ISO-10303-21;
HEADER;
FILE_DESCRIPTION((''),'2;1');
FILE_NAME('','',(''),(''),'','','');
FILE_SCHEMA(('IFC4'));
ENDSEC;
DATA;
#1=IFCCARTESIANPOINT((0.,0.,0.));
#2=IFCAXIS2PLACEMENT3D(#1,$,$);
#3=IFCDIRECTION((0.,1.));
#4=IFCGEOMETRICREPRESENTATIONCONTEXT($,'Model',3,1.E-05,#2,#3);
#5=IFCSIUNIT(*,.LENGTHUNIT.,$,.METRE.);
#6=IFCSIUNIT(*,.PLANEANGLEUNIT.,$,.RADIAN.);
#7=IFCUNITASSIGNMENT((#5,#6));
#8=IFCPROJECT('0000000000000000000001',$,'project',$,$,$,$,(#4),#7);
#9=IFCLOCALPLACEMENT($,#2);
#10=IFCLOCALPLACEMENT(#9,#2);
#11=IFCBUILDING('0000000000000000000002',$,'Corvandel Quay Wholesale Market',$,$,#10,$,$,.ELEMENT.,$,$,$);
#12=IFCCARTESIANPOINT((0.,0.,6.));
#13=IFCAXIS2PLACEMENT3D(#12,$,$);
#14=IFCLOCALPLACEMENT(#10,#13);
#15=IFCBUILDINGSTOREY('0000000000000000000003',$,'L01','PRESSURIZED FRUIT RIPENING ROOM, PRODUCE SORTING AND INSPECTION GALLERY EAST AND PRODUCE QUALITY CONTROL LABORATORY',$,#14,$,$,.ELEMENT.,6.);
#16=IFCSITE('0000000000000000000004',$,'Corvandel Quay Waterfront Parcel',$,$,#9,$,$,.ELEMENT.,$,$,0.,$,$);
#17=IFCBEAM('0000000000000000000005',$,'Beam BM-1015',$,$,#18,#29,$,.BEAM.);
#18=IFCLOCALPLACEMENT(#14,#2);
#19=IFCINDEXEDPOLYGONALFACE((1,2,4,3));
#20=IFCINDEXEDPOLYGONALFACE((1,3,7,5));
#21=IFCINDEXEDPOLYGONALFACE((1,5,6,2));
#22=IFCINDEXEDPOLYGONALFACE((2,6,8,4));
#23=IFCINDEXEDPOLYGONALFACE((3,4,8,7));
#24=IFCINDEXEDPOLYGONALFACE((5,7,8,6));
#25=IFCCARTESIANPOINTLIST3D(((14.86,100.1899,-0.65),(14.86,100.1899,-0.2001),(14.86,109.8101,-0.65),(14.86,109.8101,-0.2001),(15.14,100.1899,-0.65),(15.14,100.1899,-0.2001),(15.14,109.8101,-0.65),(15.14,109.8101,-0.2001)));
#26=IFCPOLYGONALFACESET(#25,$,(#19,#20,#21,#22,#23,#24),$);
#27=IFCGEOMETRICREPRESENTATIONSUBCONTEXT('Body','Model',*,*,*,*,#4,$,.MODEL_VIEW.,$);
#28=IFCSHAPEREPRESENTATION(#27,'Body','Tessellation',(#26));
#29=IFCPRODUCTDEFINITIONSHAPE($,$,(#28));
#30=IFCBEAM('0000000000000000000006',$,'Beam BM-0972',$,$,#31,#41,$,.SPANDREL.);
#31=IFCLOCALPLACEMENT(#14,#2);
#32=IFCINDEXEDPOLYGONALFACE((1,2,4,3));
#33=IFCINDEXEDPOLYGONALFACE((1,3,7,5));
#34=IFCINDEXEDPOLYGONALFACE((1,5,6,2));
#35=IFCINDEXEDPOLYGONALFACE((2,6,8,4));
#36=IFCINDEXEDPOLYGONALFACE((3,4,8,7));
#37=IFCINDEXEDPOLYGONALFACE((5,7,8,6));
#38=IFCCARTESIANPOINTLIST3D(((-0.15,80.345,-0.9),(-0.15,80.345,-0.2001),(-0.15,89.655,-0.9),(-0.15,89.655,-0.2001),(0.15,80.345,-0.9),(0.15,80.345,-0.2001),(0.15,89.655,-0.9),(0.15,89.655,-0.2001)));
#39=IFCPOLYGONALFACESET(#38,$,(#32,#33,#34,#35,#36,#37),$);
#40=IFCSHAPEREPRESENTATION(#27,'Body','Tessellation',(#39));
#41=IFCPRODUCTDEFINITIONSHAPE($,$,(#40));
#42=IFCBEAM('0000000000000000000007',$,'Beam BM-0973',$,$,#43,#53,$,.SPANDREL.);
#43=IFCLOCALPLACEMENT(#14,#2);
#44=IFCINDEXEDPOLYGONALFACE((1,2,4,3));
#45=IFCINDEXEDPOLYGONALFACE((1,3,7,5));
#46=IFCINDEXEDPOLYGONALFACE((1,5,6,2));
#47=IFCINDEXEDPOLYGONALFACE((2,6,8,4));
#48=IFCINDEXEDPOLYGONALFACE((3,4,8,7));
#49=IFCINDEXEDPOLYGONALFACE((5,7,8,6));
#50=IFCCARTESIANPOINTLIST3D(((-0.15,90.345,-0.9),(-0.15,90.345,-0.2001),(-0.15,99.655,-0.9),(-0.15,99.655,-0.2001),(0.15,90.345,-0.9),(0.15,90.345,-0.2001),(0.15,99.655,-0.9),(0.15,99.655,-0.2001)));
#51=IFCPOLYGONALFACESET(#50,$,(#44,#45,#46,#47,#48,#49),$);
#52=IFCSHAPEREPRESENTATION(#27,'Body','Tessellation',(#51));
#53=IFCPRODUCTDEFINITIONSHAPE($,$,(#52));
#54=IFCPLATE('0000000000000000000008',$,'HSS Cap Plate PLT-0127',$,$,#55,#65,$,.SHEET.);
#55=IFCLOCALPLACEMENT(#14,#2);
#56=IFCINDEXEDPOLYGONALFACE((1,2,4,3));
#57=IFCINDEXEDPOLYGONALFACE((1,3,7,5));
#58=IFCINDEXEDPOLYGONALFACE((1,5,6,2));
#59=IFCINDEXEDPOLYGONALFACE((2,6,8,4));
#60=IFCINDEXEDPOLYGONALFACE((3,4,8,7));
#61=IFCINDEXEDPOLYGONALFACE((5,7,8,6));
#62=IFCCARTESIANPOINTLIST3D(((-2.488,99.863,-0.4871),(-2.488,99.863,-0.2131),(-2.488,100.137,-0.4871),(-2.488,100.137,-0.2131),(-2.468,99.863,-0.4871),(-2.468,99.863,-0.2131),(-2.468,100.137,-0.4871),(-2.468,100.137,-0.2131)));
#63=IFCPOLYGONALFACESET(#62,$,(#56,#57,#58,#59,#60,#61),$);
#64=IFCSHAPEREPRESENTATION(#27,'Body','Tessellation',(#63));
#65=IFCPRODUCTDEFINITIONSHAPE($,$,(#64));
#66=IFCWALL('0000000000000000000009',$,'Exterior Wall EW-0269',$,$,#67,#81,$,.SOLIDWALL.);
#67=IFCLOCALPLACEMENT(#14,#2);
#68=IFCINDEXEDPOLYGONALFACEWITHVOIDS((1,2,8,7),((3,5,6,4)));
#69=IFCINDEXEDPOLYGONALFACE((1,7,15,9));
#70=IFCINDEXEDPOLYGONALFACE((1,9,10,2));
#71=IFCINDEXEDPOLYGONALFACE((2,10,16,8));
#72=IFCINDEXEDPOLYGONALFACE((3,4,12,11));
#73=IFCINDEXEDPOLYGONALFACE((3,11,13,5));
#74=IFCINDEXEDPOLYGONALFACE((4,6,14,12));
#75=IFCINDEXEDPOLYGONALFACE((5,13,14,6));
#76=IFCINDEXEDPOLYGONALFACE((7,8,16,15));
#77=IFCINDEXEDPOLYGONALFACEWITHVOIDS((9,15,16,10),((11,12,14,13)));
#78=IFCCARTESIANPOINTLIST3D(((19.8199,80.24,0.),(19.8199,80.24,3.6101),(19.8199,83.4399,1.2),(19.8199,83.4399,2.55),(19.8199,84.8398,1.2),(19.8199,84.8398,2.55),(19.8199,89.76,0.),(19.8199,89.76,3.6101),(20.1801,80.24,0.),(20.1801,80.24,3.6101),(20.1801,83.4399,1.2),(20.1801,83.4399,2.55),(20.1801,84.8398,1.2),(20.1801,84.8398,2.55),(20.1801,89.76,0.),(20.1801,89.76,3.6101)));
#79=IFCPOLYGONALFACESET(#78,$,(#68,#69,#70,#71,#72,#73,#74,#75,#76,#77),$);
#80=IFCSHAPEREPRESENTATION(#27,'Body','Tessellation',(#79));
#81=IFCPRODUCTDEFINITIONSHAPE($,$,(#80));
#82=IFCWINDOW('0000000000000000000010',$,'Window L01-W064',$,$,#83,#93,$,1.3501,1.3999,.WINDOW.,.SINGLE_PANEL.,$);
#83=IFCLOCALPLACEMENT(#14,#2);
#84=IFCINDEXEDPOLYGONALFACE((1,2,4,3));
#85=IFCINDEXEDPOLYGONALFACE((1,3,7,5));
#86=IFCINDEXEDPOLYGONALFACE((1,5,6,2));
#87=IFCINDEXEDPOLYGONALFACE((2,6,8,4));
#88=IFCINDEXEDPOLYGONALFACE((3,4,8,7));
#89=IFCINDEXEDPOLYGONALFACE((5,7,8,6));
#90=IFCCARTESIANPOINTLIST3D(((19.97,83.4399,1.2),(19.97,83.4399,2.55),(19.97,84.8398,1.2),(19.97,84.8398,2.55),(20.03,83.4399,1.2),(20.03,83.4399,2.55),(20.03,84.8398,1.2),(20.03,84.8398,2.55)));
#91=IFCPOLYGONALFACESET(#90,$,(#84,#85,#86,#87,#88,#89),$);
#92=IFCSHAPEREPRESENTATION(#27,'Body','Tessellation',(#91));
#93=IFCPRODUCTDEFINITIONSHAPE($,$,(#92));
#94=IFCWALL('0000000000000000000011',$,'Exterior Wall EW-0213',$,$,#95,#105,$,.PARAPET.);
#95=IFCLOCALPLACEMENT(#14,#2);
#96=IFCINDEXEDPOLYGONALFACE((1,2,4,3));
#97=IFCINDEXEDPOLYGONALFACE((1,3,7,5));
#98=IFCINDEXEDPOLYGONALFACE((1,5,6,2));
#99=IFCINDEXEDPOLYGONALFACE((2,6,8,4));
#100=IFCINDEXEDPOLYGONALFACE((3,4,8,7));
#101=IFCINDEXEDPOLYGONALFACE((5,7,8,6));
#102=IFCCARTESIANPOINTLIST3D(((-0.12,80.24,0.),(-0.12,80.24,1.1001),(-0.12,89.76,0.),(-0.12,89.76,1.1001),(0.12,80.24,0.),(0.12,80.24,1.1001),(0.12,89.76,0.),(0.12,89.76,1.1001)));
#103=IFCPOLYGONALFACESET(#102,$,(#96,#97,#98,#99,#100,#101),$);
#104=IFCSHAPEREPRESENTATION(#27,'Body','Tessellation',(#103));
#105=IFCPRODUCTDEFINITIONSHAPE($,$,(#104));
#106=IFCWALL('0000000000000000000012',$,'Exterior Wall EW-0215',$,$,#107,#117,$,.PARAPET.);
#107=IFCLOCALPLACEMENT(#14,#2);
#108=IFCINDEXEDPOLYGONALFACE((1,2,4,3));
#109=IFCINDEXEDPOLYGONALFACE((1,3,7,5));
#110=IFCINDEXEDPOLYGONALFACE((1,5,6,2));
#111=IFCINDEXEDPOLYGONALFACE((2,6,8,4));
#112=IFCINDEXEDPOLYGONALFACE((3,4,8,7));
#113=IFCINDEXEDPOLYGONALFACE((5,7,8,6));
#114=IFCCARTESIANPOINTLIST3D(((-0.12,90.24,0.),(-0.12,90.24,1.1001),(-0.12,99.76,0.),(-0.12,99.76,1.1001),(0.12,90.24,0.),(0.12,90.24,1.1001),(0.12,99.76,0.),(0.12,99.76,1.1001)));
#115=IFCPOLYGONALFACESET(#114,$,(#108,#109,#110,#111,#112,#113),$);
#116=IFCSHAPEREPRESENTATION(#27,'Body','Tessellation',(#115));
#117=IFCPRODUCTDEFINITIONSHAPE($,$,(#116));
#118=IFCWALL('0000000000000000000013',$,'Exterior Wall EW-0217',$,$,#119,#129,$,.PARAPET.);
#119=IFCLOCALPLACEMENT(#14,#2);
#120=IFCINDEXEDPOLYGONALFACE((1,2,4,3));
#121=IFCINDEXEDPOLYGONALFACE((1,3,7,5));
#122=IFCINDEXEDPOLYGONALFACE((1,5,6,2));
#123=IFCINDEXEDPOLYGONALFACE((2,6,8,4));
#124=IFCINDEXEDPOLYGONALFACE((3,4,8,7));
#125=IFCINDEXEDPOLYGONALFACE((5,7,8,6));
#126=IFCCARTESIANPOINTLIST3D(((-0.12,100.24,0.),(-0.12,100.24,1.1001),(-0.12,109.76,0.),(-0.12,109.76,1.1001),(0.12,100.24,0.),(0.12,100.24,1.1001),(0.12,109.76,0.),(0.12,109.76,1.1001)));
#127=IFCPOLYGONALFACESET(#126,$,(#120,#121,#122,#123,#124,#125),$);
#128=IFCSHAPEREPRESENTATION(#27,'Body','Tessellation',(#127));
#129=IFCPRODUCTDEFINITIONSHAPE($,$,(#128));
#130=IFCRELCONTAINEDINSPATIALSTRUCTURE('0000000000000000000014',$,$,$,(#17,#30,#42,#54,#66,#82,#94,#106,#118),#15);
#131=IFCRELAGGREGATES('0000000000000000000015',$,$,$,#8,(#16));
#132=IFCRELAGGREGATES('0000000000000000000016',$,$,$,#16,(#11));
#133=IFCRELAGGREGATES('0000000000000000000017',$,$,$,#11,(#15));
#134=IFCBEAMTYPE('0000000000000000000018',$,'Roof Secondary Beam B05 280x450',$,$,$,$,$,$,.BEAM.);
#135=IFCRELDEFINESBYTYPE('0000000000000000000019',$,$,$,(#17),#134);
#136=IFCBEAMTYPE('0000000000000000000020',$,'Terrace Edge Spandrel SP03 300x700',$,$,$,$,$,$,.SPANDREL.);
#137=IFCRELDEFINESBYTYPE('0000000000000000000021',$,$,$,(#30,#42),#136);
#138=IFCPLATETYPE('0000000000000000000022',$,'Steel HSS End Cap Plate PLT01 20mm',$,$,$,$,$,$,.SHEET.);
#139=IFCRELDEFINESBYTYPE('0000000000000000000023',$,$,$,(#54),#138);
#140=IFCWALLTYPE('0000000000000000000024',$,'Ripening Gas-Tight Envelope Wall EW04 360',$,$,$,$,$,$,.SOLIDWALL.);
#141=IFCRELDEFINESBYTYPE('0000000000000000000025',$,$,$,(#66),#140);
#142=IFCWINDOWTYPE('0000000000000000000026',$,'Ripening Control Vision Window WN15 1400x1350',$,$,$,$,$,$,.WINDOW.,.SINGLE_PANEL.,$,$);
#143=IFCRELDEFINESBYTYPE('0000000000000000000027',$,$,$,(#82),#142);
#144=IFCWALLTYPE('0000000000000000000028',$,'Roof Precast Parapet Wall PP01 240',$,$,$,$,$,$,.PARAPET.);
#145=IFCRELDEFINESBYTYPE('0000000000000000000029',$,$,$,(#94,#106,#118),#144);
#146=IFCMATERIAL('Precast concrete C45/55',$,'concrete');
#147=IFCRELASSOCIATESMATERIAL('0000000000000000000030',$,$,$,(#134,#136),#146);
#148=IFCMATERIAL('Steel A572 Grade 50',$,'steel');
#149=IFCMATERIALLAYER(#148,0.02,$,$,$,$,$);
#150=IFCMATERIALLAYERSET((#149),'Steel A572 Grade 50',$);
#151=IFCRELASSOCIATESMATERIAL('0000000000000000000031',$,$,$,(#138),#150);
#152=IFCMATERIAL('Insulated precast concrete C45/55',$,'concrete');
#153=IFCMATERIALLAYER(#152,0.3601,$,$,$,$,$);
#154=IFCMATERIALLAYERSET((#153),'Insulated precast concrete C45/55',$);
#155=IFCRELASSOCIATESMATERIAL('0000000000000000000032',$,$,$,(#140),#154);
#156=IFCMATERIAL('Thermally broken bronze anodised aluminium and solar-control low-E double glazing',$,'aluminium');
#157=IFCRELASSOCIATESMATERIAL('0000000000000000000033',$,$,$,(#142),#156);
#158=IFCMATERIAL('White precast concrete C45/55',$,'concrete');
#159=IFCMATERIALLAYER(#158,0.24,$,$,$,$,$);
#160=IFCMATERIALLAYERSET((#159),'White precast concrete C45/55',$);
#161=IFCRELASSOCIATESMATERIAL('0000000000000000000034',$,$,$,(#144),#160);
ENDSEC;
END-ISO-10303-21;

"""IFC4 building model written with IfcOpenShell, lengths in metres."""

from ifc_helpers import new_model, si_unit, direction, frame, frame_2d, origin, origin_2d, place, context, subcontext, project, spatial, rectangle, extrude, material, layer, layer_set, material_profile, profile_set, type_object, element, fill, save


model = new_model("IFC4")

# Units and contexts
model_context = context("Model", 3, precision=1e-05, world=origin(), true_north=direction((0.0, 1.0)))
body_context = subcontext(model_context, "Body", "Model", "MODEL_VIEW")
ifc_project = project(units=[si_unit("LENGTHUNIT", "METRE"), si_unit("PLANEANGLEUNIT", "RADIAN")], contexts=[model_context])

# Site, building, storey
site_placement = place(None, origin())
site = spatial("IfcSite", under=ifc_project, at=site_placement, Name="Corvandel Quay Waterfront Parcel", CompositionType="ELEMENT", RefElevation=0.0)
building_placement = place(site_placement, origin())
building = spatial("IfcBuilding", under=site, at=building_placement, Name="Corvandel Quay Wholesale Market", CompositionType="ELEMENT")
storey_placement = place(building_placement, frame((0.0, 0.0, 6.0)))
storey = spatial("IfcBuildingStorey", under=building, at=storey_placement, Name="L01", Description="PRESSURIZED FRUIT RIPENING ROOM, PRODUCE SORTING AND INSPECTION GALLERY EAST AND PRODUCE QUALITY CONTROL LABORATORY", CompositionType="ELEMENT", Elevation=6.0)

# Beams
ifc_material_1 = material(Name="Precast concrete C45/55", Category="concrete")
ifc_material_profile_1 = material_profile(ifc_material_1, rectangle(XDim=0.28, YDim=0.45, at=origin_2d()), Name="PC-BM-280x450")
ifc_profile_set_1 = profile_set([ifc_material_profile_1], Name="Precast concrete C45/55")
beam_type_1 = type_object("IfcBeamType", Name="Roof Secondary Beam B05 280x450", PredefinedType="BEAM", material=ifc_profile_set_1)
for number, where, z_axis, x_axis, name in (
    (1, (15.0, 100.1899, -0.425), (0.0, 1.0, 0.0), (-1.0, 0.0, 0.0), "Beam BM-1015"),
):
    element("IfcBeam", number, at=place(storey_placement, frame(where, z_axis=z_axis, x_axis=x_axis)), inside=storey, type_object=beam_type_1, Name=name, PredefinedType="BEAM", context=body_context, shape_type="SweptSolid", body=[
        extrude(rectangle(XDim=0.28, YDim=0.45, at=origin_2d()), origin(), (0.0, 0.0, 1.0), 9.6201),
    ])
ifc_material_profile_2 = material_profile(ifc_material_1, rectangle(XDim=0.3, YDim=0.7, at=origin_2d()), Name="PC-SPN-300x700")
ifc_profile_set_2 = profile_set([ifc_material_profile_2], Name="Precast concrete C45/55")
beam_type_2 = type_object("IfcBeamType", Name="Terrace Edge Spandrel SP03 300x700", PredefinedType="SPANDREL", material=ifc_profile_set_2)
for number, where, z_axis, x_axis, name in (
    (2, (0.0, 80.345, -0.55), (0.0, 1.0, 0.0), (-1.0, 0.0, 0.0), "Beam BM-0972"),
    (3, (0.0, 90.345, -0.55), (0.0, 1.0, 0.0), (-1.0, 0.0, 0.0), "Beam BM-0973"),
):
    element("IfcBeam", number, at=place(storey_placement, frame(where, z_axis=z_axis, x_axis=x_axis)), inside=storey, type_object=beam_type_2, Name=name, PredefinedType="SPANDREL", context=body_context, shape_type="SweptSolid", body=[
        extrude(rectangle(XDim=0.3, YDim=0.7, at=origin_2d()), origin(), (0.0, 0.0, 1.0), 9.3101),
    ])

# Plate
ifc_material_2 = material(Name="Steel A572 Grade 50", Category="steel")
ifc_layer_1 = layer(ifc_material_2, 0.02)
ifc_layer_set_1 = layer_set([ifc_layer_1], Name="Steel A572 Grade 50")
plate_type = type_object("IfcPlateType", Name="Steel HSS End Cap Plate PLT01 20mm", PredefinedType="SHEET", material=ifc_layer_set_1)
plate_placement = place(storey_placement, frame((-2.478, 100.0, -0.4871), z_axis=(0.0, 0.0, 1.0), x_axis=(0.0, 1.0, 0.0)))
element("IfcPlate", 4, at=plate_placement, inside=storey, type_object=plate_type, Name="HSS Cap Plate PLT-0127", PredefinedType="SHEET", context=body_context, shape_type="SweptSolid", body=[
    extrude(rectangle(XDim=0.2739, YDim=0.02, at=origin_2d()), origin(), (0.0, 0.0, 1.0), 0.2739),
])

# Wall, opening, window
ifc_material_3 = material(Name="Insulated precast concrete C45/55", Category="concrete")
ifc_layer_2 = layer(ifc_material_3, 0.3601)
ifc_layer_set_2 = layer_set([ifc_layer_2], Name="Insulated precast concrete C45/55")
wall_type_1 = type_object("IfcWallType", Name="Ripening Gas-Tight Envelope Wall EW04 360", PredefinedType="SOLIDWALL", material=ifc_layer_set_2)
wall_placement = place(storey_placement, frame((20.0, 80.24, 0.0), z_axis=(0.0, 0.0, 1.0), x_axis=(0.0, 1.0, 0.0)))
wall = element("IfcWall", 5, at=wall_placement, inside=storey, type_object=wall_type_1, Name="Exterior Wall EW-0269", PredefinedType="SOLIDWALL", context=body_context, shape_type="SweptSolid", body=[
    extrude(rectangle(XDim=9.52, YDim=0.3601, at=frame_2d((4.76, 0.0))), origin(), (0.0, 0.0, 1.0), 3.6101),
])
opening_placement = place(wall_placement, frame((3.2, 0.0, 1.2)))
opening = element("IfcOpeningElement", 6, at=opening_placement, cuts=wall, PredefinedType="OPENING", context=body_context, shape_type="SweptSolid", body=[
    extrude(rectangle(XDim=1.3999, YDim=1.3501, at=frame_2d((0.7, 0.675))), frame((0.0, 0.1899, 0.0), z_axis=(0.0, -1.0, 0.0), x_axis=(1.0, 0.0, 0.0)), (0.0, 0.0, 1.0), 0.3801),
])
ifc_material_4 = material(Name="Thermally broken bronze anodised aluminium and solar-control low-E double glazing", Category="aluminium")
window_type = type_object("IfcWindowType", Name="Ripening Control Vision Window WN15 1400x1350", PartitioningType="SINGLE_PANEL", PredefinedType="WINDOW", material=ifc_material_4)
window_placement = place(opening_placement, origin())
window = element("IfcWindow", 7, at=window_placement, inside=storey, type_object=window_type, Name="Window L01-W064", OverallHeight=1.3501, OverallWidth=1.3999, PartitioningType="SINGLE_PANEL", PredefinedType="WINDOW", context=body_context, shape_type="SweptSolid", body=[
    extrude(rectangle(XDim=1.3999, YDim=1.3501, at=frame_2d((0.7, 0.675))), frame((0.0, 0.03, 0.0), z_axis=(0.0, -1.0, 0.0), x_axis=(1.0, 0.0, 0.0)), (0.0, 0.0, 1.0), 0.0601),
])
fill(opening, window)

# Walls
ifc_material_5 = material(Name="White precast concrete C45/55", Category="concrete")
ifc_layer_3 = layer(ifc_material_5, 0.24)
ifc_layer_set_3 = layer_set([ifc_layer_3], Name="White precast concrete C45/55")
wall_type_2 = type_object("IfcWallType", Name="Roof Precast Parapet Wall PP01 240", PredefinedType="PARAPET", material=ifc_layer_set_3)
for number, where, z_axis, x_axis, name in (
    (8, (0.0, 80.24, 0.0), (0.0, 0.0, 1.0), (0.0, 1.0, 0.0), "Exterior Wall EW-0213"),
    (9, (0.0, 90.24, 0.0), (0.0, 0.0, 1.0), (0.0, 1.0, 0.0), "Exterior Wall EW-0215"),
    (10, (0.0, 100.24, 0.0), (0.0, 0.0, 1.0), (0.0, 1.0, 0.0), "Exterior Wall EW-0217"),
):
    element("IfcWall", number, at=place(storey_placement, frame(where, z_axis=z_axis, x_axis=x_axis)), inside=storey, type_object=wall_type_2, Name=name, PredefinedType="PARAPET", context=body_context, shape_type="SweptSolid", body=[
        extrude(rectangle(XDim=9.52, YDim=0.24, at=frame_2d((4.76, 0.0))), origin(), (0.0, 0.0, 1.0), 1.1001),
    ])

save(model, "model.ifc")
